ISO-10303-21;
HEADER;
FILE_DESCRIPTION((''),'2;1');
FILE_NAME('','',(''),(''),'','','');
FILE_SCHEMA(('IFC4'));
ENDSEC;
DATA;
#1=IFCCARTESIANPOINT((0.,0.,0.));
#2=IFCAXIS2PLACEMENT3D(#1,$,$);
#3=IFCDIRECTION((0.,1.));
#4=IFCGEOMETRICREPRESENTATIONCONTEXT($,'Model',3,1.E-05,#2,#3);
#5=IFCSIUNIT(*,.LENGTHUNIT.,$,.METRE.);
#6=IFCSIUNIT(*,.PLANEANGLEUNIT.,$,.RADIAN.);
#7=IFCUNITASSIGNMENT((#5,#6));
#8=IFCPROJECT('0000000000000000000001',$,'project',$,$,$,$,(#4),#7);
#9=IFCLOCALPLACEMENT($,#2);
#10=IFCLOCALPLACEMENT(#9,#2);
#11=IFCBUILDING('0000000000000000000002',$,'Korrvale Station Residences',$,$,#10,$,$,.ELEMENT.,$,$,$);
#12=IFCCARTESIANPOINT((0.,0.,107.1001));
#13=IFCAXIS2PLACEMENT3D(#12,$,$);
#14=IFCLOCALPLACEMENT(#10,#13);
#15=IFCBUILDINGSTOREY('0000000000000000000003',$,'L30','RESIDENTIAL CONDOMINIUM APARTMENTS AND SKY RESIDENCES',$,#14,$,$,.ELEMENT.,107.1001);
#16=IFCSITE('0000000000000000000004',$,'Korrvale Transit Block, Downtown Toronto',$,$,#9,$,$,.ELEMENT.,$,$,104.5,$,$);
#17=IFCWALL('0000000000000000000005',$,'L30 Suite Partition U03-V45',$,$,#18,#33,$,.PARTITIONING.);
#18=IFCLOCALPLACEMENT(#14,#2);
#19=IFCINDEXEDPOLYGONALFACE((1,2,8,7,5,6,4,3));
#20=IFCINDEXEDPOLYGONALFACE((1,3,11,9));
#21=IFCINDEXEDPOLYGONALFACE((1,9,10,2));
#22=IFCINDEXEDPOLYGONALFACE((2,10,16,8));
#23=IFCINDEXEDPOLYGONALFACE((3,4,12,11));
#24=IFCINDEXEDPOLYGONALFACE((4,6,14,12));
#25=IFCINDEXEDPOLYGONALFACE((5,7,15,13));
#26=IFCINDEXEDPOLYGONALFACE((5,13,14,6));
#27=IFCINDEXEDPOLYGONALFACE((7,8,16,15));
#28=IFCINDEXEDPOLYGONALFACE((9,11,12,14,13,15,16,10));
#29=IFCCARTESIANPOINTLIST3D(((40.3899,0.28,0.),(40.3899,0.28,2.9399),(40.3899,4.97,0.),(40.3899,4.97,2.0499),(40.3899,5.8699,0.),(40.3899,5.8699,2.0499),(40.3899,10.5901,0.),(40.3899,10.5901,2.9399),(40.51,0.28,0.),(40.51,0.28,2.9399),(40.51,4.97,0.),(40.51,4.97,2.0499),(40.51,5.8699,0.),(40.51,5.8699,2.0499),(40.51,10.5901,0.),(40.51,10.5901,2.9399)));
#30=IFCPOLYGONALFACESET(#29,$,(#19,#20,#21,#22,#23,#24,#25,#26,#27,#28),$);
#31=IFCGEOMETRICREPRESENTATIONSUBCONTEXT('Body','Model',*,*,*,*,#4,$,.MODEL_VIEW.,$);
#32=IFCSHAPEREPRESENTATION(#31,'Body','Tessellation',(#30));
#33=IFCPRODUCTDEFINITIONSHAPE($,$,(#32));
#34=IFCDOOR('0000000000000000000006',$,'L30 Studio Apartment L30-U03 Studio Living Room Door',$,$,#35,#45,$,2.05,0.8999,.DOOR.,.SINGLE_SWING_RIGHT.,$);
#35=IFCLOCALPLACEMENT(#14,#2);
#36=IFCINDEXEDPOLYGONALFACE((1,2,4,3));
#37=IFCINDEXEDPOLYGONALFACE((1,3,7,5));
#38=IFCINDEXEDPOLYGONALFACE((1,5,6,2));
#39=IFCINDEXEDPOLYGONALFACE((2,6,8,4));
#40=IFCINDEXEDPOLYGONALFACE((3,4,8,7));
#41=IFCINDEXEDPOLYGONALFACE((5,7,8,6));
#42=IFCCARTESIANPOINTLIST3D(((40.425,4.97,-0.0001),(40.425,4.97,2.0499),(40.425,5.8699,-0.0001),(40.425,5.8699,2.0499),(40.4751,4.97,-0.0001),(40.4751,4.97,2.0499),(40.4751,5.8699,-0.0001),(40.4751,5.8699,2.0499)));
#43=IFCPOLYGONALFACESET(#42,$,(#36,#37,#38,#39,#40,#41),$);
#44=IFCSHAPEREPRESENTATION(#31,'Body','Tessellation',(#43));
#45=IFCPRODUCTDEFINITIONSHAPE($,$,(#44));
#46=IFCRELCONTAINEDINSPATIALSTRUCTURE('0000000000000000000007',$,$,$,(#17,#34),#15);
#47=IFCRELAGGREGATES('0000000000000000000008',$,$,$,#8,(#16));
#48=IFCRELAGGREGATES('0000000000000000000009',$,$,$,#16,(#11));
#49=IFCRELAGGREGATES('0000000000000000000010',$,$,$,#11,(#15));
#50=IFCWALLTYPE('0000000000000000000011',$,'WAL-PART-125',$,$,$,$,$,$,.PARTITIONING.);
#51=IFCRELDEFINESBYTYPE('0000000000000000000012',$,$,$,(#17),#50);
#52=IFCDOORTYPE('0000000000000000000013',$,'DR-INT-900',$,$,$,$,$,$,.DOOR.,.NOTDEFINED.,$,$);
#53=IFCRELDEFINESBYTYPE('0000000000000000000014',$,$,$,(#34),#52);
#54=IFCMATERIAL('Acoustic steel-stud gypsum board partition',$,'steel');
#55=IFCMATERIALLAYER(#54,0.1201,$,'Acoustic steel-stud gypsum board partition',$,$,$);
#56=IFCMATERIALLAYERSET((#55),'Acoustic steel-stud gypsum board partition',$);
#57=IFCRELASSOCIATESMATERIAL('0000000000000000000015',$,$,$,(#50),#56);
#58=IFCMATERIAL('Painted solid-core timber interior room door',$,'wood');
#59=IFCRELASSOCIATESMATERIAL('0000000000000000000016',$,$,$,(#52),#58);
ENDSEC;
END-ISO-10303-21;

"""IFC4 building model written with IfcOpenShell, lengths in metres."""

from ifc_helpers import new_model, si_unit, direction, frame, frame_2d, origin, place, context, subcontext, project, spatial, rectangle, extrude, material, layer, layer_set, type_object, element, fill, save


model = new_model("IFC4")

# Units and contexts
model_context = context("Model", 3, precision=1e-05, world=origin(), true_north=direction((0.0, 1.0)))
body_context = subcontext(model_context, "Body", "Model", "MODEL_VIEW")
ifc_project = project(units=[si_unit("LENGTHUNIT", "METRE"), si_unit("PLANEANGLEUNIT", "RADIAN")], contexts=[model_context])

# Site, building, storey
site_placement = place(None, origin())
site = spatial("IfcSite", under=ifc_project, at=site_placement, Name="Korrvale Transit Block, Downtown Toronto", CompositionType="ELEMENT", RefElevation=104.5)
building_placement = place(site_placement, origin())
building = spatial("IfcBuilding", under=site, at=building_placement, Name="Korrvale Station Residences", CompositionType="ELEMENT")
storey_placement = place(building_placement, frame((0.0, 0.0, 107.1001)))
storey = spatial("IfcBuildingStorey", under=building, at=storey_placement, Name="L30", Description="RESIDENTIAL CONDOMINIUM APARTMENTS AND SKY RESIDENCES", CompositionType="ELEMENT", Elevation=107.1001)

# Wall, opening, door
ifc_material_1 = material(Name="Acoustic steel-stud gypsum board partition", Category="steel")
ifc_layer_1 = layer(ifc_material_1, 0.1201, Name="Acoustic steel-stud gypsum board partition")
ifc_layer_set_1 = layer_set([ifc_layer_1], Name="Acoustic steel-stud gypsum board partition")
wall_type_1 = type_object("IfcWallType", Name="WAL-PART-125", PredefinedType="PARTITIONING", material=ifc_layer_set_1)
ifc_material_2 = material(Name="Painted solid-core timber interior room door", Category="wood")
door_type = type_object("IfcDoorType", Name="DR-INT-900", OperationType="NOTDEFINED", PredefinedType="DOOR", material=ifc_material_2)
wall_1_placement = place(storey_placement, frame((40.45, 0.28, 0.0), z_axis=(0.0, 0.0, 1.0), x_axis=(0.0, 1.0, 0.0)))
wall_1 = element("IfcWall", 1, at=wall_1_placement, inside=storey, type_object=wall_type_1, Name="L30 Suite Partition U03-V45", PredefinedType="PARTITIONING", context=body_context, shape_type="SweptSolid", body=[
    extrude(rectangle(XDim=10.3101, YDim=0.1201, at=frame_2d((5.155, 0.0))), origin(), (0.0, 0.0, 1.0), 2.9399),
])
opening_1_placement = place(wall_1_placement, frame((4.6899, 0.0, 0.0)))
opening_1 = element("IfcOpeningElement", 2, at=opening_1_placement, cuts=wall_1, PredefinedType="OPENING", context=body_context, shape_type="SweptSolid", body=[
    extrude(rectangle(XDim=0.8999, YDim=2.05, at=frame_2d((0.45, 1.0249))), frame((0.0, 0.0701, 0.0), z_axis=(0.0, -1.0, 0.0), x_axis=(1.0, 0.0, 0.0)), (0.0, 0.0, 1.0), 0.1401),
])
door_1_placement = place(opening_1_placement, origin())
door_1 = element("IfcDoor", 3, at=door_1_placement, inside=storey, type_object=door_type, Name="L30 Studio Apartment L30-U03 Studio Living Room Door", OperationType="SINGLE_SWING_RIGHT", OverallHeight=2.05, OverallWidth=0.8999, PredefinedType="DOOR", context=body_context, shape_type="SweptSolid", body=[
    extrude(rectangle(XDim=0.8999, YDim=2.05, at=frame_2d((0.45, 1.0249))), frame((0.0, 0.0249, 0.0), z_axis=(0.0, -1.0, 0.0), x_axis=(1.0, 0.0, 0.0)), (0.0, 0.0, 1.0), 0.05),
])
fill(opening_1, door_1)

save(model, "model.ifc")
